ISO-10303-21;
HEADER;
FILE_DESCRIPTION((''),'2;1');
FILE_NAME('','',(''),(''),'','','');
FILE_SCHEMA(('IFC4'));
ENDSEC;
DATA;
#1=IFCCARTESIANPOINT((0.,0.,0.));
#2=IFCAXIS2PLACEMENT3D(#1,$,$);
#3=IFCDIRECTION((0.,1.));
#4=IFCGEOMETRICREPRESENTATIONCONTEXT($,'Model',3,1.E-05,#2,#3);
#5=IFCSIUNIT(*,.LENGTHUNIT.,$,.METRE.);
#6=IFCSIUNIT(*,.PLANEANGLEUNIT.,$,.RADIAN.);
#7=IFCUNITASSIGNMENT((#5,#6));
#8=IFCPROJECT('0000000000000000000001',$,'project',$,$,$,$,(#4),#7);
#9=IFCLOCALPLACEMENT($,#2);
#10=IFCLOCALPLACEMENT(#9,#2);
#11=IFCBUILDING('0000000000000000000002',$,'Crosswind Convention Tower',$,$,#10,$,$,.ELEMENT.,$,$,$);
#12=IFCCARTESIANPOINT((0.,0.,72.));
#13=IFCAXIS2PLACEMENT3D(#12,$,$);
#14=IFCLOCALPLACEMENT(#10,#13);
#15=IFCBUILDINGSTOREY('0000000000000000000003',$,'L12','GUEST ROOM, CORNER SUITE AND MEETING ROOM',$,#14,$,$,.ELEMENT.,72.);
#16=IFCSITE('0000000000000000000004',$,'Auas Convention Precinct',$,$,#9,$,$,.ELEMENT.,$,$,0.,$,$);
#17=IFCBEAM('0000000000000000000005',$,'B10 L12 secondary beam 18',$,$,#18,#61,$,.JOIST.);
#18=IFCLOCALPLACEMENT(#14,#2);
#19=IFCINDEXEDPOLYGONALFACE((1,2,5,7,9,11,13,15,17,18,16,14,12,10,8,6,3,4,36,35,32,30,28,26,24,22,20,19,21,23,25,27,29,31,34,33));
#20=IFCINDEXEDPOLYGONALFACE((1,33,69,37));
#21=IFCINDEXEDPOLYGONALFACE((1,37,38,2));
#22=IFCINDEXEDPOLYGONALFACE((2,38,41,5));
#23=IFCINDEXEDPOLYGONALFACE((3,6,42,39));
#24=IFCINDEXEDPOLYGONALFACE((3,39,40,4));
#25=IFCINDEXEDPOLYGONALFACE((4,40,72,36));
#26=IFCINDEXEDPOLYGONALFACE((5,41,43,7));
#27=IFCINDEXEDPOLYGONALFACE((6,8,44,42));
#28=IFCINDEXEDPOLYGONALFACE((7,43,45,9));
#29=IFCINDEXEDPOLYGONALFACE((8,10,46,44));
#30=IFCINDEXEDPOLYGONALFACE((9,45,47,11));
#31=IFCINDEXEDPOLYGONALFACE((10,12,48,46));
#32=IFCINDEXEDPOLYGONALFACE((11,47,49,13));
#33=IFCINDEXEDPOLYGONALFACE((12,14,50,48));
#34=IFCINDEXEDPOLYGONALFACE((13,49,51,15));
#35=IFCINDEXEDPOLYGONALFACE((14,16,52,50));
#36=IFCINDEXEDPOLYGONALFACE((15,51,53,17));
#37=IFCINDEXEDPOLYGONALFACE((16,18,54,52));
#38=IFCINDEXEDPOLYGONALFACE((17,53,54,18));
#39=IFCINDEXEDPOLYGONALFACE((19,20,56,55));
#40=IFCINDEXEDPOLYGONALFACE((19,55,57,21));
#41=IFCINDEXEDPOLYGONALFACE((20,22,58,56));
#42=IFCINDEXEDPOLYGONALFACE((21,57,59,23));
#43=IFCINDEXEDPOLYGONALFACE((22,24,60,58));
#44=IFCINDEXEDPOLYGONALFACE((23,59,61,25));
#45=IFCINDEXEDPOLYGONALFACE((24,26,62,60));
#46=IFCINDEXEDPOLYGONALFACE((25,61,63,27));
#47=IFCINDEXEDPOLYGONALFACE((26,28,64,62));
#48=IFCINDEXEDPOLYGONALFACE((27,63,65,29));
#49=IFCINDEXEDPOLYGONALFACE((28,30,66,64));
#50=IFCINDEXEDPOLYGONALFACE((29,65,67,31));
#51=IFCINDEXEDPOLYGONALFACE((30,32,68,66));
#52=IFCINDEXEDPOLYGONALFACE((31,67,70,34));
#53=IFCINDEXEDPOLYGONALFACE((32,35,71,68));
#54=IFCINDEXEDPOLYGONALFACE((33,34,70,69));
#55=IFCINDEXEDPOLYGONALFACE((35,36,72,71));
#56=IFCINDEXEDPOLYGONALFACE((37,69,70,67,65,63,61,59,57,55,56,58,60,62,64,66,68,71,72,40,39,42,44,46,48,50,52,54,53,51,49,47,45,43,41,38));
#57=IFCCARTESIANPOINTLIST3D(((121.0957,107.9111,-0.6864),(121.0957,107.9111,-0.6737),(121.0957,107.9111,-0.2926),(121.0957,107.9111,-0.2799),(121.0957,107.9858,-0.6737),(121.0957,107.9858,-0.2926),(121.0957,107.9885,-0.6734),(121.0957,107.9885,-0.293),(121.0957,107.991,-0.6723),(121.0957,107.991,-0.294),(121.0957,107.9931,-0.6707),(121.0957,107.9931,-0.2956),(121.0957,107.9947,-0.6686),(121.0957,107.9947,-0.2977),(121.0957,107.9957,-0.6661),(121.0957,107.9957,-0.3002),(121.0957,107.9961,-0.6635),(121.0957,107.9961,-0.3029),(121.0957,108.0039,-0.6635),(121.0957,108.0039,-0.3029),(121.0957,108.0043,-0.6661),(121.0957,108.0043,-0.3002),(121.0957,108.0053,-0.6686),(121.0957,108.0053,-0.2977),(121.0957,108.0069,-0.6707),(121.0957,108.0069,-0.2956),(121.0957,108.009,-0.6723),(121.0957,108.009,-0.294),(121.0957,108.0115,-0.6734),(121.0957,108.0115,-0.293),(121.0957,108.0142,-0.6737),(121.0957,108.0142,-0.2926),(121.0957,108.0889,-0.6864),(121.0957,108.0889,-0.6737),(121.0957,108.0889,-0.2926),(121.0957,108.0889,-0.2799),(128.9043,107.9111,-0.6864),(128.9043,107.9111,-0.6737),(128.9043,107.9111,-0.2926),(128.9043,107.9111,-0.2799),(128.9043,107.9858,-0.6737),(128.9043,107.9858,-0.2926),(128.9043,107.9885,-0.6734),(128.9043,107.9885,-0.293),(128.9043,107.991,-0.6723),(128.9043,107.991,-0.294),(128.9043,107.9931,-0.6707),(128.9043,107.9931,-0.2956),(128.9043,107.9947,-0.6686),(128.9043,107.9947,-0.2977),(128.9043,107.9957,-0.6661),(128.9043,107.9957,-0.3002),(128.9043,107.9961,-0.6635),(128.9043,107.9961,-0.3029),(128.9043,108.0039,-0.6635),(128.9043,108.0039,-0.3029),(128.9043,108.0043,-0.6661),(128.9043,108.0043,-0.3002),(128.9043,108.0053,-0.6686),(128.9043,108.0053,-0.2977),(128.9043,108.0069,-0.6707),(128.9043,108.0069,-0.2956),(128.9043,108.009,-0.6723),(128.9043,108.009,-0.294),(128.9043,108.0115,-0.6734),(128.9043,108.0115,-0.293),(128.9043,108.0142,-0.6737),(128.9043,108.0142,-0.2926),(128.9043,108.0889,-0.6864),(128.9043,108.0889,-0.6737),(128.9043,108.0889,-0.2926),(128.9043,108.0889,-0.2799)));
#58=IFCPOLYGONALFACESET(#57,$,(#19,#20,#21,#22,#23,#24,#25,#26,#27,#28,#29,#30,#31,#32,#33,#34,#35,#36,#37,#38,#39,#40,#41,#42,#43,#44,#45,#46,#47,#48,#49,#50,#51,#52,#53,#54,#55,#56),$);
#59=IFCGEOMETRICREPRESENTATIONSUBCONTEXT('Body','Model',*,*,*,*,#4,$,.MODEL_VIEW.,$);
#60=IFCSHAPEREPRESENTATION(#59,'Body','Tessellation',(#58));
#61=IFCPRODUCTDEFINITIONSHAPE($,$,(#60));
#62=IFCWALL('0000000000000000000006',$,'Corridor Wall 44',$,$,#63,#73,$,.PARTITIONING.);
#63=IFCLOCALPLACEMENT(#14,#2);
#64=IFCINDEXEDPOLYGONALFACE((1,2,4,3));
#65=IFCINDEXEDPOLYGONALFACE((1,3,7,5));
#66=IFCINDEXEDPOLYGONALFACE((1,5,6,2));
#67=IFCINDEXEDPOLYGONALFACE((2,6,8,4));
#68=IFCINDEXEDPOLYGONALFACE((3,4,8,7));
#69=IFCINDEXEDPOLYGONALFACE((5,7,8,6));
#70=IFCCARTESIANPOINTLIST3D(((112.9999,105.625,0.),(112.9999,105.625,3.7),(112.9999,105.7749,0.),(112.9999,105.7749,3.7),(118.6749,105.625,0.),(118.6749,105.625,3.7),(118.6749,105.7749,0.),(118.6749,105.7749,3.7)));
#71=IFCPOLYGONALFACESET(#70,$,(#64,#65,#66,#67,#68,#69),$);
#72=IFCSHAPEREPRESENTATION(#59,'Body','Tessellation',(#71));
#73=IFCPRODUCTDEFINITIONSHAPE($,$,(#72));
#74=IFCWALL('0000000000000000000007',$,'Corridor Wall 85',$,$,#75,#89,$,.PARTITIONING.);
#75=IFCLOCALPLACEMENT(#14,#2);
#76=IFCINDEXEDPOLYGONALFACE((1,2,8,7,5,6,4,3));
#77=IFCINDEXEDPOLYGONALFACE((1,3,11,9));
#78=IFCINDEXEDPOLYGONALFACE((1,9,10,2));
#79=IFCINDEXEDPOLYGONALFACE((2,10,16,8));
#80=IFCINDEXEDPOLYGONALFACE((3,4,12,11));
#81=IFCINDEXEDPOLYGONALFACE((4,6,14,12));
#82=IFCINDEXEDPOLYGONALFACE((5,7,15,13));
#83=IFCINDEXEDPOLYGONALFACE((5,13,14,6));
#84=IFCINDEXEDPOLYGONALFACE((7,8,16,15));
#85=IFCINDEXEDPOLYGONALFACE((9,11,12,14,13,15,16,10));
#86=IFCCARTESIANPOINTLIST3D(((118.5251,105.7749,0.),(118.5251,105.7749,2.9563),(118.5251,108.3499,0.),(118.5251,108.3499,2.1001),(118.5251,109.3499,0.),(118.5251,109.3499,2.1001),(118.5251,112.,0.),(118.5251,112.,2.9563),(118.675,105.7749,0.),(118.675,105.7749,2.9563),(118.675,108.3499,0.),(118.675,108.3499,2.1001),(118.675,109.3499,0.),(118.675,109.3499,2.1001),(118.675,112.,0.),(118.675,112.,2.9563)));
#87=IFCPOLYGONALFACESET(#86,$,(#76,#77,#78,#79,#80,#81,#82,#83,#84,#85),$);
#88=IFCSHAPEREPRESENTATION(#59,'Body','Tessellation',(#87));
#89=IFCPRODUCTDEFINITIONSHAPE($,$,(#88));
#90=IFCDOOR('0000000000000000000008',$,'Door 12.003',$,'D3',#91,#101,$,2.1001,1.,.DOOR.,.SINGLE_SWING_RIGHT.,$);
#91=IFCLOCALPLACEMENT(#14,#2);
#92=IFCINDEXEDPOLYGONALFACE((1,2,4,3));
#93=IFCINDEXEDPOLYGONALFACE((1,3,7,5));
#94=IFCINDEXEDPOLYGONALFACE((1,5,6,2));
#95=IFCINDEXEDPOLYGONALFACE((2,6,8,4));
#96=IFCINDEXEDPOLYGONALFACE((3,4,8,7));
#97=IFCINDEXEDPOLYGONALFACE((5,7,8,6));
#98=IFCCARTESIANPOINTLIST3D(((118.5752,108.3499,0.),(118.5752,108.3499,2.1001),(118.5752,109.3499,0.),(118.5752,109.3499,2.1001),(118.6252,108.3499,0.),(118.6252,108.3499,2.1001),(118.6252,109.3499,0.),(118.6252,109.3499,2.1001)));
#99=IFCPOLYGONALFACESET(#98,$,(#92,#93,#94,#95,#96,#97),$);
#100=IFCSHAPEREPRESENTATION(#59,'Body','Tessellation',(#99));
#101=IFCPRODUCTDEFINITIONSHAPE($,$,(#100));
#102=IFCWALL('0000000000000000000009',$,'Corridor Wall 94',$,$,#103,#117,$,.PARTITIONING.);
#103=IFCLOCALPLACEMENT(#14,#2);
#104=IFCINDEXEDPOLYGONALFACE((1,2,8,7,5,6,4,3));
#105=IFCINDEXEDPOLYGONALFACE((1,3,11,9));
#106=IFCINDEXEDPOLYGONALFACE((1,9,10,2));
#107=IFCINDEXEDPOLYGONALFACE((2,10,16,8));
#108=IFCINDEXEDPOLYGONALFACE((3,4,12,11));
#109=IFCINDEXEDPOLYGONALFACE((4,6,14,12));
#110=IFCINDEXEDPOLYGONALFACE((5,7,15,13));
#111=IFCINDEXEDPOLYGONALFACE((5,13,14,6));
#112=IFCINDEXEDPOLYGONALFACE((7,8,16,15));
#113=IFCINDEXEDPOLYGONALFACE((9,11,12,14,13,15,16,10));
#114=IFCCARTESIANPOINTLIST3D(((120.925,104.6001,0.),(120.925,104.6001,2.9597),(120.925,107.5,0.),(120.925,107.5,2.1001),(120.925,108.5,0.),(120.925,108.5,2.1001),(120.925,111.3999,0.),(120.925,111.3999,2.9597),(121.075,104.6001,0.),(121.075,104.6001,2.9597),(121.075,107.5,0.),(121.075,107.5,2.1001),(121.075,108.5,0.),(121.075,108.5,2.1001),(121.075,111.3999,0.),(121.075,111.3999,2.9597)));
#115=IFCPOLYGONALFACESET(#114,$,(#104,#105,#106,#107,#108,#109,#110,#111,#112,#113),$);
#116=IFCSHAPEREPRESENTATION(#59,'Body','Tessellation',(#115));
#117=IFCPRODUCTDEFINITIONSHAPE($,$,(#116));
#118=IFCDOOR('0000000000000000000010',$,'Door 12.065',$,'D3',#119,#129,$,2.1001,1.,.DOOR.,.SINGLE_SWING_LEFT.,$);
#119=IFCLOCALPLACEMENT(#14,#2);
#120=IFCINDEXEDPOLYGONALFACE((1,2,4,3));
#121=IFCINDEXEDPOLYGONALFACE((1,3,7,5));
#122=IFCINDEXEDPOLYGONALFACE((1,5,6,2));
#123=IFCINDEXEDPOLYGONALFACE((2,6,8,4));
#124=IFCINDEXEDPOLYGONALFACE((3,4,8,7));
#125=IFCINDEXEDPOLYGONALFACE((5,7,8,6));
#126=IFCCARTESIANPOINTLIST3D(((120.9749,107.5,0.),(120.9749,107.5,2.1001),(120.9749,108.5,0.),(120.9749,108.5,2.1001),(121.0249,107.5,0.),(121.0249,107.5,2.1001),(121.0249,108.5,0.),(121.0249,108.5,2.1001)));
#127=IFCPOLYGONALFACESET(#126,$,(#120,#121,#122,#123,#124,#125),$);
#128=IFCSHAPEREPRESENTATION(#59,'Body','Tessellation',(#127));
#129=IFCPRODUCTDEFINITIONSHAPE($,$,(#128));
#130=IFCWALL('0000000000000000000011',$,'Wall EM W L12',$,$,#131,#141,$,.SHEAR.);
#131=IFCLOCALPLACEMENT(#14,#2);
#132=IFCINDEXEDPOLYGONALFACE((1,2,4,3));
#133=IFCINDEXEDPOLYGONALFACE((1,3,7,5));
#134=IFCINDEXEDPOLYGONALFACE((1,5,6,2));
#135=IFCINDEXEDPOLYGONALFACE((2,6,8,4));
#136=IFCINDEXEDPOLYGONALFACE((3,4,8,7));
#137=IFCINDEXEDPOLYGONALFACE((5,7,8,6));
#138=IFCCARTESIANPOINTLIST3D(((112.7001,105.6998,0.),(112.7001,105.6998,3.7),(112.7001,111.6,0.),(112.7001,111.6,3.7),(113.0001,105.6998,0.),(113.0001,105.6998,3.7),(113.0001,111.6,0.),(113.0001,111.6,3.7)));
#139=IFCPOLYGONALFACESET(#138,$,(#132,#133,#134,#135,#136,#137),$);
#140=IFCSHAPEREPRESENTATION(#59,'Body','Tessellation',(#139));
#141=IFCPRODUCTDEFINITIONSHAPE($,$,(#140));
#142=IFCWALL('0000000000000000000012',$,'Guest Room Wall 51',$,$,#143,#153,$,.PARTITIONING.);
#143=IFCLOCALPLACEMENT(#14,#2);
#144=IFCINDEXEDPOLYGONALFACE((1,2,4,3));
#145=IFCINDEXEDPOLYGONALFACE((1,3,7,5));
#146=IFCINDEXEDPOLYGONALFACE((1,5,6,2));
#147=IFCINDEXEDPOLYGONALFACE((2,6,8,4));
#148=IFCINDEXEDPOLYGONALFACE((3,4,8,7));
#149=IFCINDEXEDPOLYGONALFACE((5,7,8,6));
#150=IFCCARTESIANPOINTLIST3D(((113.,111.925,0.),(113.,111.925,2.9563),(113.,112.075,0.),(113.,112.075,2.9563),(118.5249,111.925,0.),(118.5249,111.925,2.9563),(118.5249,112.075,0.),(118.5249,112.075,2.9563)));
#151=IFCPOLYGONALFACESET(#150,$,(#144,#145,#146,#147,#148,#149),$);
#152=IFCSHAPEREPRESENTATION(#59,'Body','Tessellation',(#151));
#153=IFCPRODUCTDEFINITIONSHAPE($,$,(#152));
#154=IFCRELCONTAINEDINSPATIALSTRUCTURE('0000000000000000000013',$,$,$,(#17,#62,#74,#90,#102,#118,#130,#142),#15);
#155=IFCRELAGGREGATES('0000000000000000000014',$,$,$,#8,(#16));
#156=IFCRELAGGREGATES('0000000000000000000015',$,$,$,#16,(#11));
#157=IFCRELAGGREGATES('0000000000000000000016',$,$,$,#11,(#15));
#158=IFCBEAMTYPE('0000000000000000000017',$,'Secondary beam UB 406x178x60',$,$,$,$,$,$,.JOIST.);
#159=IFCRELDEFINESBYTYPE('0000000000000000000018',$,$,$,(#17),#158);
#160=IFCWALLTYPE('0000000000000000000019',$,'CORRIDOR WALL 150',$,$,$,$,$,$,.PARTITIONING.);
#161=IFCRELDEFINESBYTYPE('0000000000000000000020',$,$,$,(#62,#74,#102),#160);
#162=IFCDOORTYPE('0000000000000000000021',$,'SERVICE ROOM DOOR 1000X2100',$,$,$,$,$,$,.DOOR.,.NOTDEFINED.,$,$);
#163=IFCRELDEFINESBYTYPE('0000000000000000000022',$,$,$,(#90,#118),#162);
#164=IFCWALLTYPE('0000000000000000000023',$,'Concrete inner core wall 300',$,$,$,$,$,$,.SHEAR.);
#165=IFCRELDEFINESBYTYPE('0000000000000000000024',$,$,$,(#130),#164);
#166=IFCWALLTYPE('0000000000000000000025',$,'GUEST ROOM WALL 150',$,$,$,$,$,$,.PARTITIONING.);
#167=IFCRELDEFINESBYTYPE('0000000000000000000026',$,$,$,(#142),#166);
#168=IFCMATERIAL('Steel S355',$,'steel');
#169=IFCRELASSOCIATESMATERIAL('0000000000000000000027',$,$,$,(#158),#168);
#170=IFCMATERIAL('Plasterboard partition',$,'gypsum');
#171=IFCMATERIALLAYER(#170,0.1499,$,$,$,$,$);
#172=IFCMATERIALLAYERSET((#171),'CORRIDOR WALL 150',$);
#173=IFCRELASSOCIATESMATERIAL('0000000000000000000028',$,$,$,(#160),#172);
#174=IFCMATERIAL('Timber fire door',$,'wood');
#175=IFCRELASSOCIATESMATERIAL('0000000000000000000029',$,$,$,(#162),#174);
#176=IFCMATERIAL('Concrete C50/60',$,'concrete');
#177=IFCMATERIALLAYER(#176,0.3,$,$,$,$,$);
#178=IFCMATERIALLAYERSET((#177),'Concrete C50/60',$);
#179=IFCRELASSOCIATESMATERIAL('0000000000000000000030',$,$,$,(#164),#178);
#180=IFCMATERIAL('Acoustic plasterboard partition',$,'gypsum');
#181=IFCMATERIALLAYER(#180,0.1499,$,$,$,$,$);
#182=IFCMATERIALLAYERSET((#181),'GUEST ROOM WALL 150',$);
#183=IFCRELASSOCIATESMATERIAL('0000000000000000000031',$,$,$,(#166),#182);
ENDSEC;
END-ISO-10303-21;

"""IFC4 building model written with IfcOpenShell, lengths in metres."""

from ifc_helpers import new_model, si_unit, direction, frame, frame_2d, origin, origin_2d, place, context, subcontext, project, spatial, rectangle, i_section, extrude, material, layer, layer_set, material_profile, profile_set, type_object, element, fill, save


model = new_model("IFC4")

# Units and contexts
model_context = context("Model", 3, precision=1e-05, world=origin(), true_north=direction((0.0, 1.0)))
body_context = subcontext(model_context, "Body", "Model", "MODEL_VIEW")
ifc_project = project(units=[si_unit("LENGTHUNIT", "METRE"), si_unit("PLANEANGLEUNIT", "RADIAN")], contexts=[model_context])

# Site, building, storey
site_placement = place(None, origin())
site = spatial("IfcSite", under=ifc_project, at=site_placement, Name="Auas Convention Precinct", CompositionType="ELEMENT", RefElevation=0.0)
building_placement = place(site_placement, origin())
building = spatial("IfcBuilding", under=site, at=building_placement, Name="Crosswind Convention Tower", CompositionType="ELEMENT")
storey_placement = place(building_placement, frame((0.0, 0.0, 72.0)))
storey = spatial("IfcBuildingStorey", under=building, at=storey_placement, Name="L12", Description="GUEST ROOM, CORNER SUITE AND MEETING ROOM", CompositionType="ELEMENT", Elevation=72.0)

# Beam
ifc_material_1 = material(Name="Steel S355", Category="steel")
ifc_material_profile_1 = material_profile(ifc_material_1, i_section(OverallWidth=0.1777, OverallDepth=0.4065, WebThickness=0.0078, FlangeThickness=0.0127, FilletRadius=0.0103, at=origin_2d()), Name="UB 406x178x60")
ifc_profile_set_1 = profile_set([ifc_material_profile_1], Name="Steel S355")
beam_type_1 = type_object("IfcBeamType", Name="Secondary beam UB 406x178x60", PredefinedType="JOIST", material=ifc_profile_set_1)
for number, where, z_axis, x_axis, name in (
    (1, (121.0957, 108.0, -0.4832), (1.0, 0.0, 0.0), (0.0, 1.0, 0.0), "B10 L12 secondary beam 18"),
):
    element("IfcBeam", number, at=place(storey_placement, frame(where, z_axis=z_axis, x_axis=x_axis)), inside=storey, type_object=beam_type_1, Name=name, PredefinedType="JOIST", context=body_context, shape_type="SweptSolid", body=[
        extrude(i_section(OverallWidth=0.1777, OverallDepth=0.4065, WebThickness=0.0078, FlangeThickness=0.0127, FilletRadius=0.0103, at=origin_2d()), origin(), (0.0, 0.0, 1.0), 7.8086),
    ])

# Wall
ifc_material_2 = material(Name="Plasterboard partition", Category="gypsum")
ifc_layer_1 = layer(ifc_material_2, 0.1499)
ifc_layer_set_1 = layer_set([ifc_layer_1], Name="CORRIDOR WALL 150")
wall_type_1 = type_object("IfcWallType", Name="CORRIDOR WALL 150", PredefinedType="PARTITIONING", material=ifc_layer_set_1)
wall_1_placement = place(storey_placement, frame((113.0, 105.7, 0.0), z_axis=(0.0, 0.0, 1.0), x_axis=(1.0, 0.0, 0.0)))
element("IfcWall", 2, at=wall_1_placement, inside=storey, type_object=wall_type_1, Name="Corridor Wall 44", PredefinedType="PARTITIONING", context=body_context, shape_type="SweptSolid", body=[
    extrude(rectangle(XDim=5.675, YDim=0.1499, at=frame_2d((2.8374, 0.0))), origin(), (0.0, 0.0, 1.0), 3.7),
])

# Walls, openings, doors
wall_2_placement = place(storey_placement, frame((118.6001, 105.7749, 0.0), z_axis=(0.0, 0.0, 1.0), x_axis=(0.0, 1.0, 0.0)))
wall_2 = element("IfcWall", 3, at=wall_2_placement, inside=storey, type_object=wall_type_1, Name="Corridor Wall 85", PredefinedType="PARTITIONING", context=body_context, shape_type="SweptSolid", body=[
    extrude(rectangle(XDim=6.2251, YDim=0.1499, at=frame_2d((3.1125, 0.0))), origin(), (0.0, 0.0, 1.0), 2.9563),
])
opening_1_placement = place(wall_2_placement, frame((2.575, 0.0, 0.0)))
opening_1 = element("IfcOpeningElement", 4, at=opening_1_placement, cuts=wall_2, PredefinedType="OPENING", context=body_context, shape_type="SweptSolid", body=[
    extrude(rectangle(XDim=1.0, YDim=2.1001, at=frame_2d((0.5, 1.05))), frame((0.0, 0.085, 0.0), z_axis=(0.0, -1.0, 0.0), x_axis=(1.0, 0.0, 0.0)), (0.0, 0.0, 1.0), 0.1699),
])
ifc_material_3 = material(Name="Timber fire door", Category="wood")
door_type_1 = type_object("IfcDoorType", Name="SERVICE ROOM DOOR 1000X2100", OperationType="NOTDEFINED", PredefinedType="DOOR", material=ifc_material_3)
door_1_placement = place(opening_1_placement, origin())
door_1 = element("IfcDoor", 5, at=door_1_placement, inside=storey, type_object=door_type_1, Name="Door 12.003", ObjectType="D3", OperationType="SINGLE_SWING_RIGHT", OverallHeight=2.1001, OverallWidth=1.0, PredefinedType="DOOR", context=body_context, shape_type="SweptSolid", body=[
    extrude(rectangle(XDim=1.0, YDim=2.1001, at=frame_2d((0.5, 1.05))), frame((0.0, 0.0249, 0.0), z_axis=(0.0, -1.0, 0.0), x_axis=(1.0, 0.0, 0.0)), (0.0, 0.0, 1.0), 0.05),
])
fill(opening_1, door_1)
wall_3_placement = place(storey_placement, frame((121.0, 104.6001, 0.0), z_axis=(0.0, 0.0, 1.0), x_axis=(0.0, 1.0, 0.0)))
wall_3 = element("IfcWall", 6, at=wall_3_placement, inside=storey, type_object=wall_type_1, Name="Corridor Wall 94", PredefinedType="PARTITIONING", context=body_context, shape_type="SweptSolid", body=[
    extrude(rectangle(XDim=6.7998, YDim=0.1499, at=frame_2d((3.3999, 0.0))), origin(), (0.0, 0.0, 1.0), 2.9597),
])
opening_2_placement = place(wall_3_placement, frame((2.8999, 0.0, 0.0)))
opening_2 = element("IfcOpeningElement", 7, at=opening_2_placement, cuts=wall_3, PredefinedType="OPENING", context=body_context, shape_type="SweptSolid", body=[
    extrude(rectangle(XDim=1.0, YDim=2.1001, at=frame_2d((0.5, 1.05))), frame((0.0, 0.085, 0.0), z_axis=(0.0, -1.0, 0.0), x_axis=(1.0, 0.0, 0.0)), (0.0, 0.0, 1.0), 0.1699),
])
door_2_placement = place(opening_2_placement, frame((1.0, 0.0, 0.0), z_axis=(0.0, 0.0, 1.0), x_axis=(-1.0, 0.0, 0.0)))
door_2 = element("IfcDoor", 8, at=door_2_placement, inside=storey, type_object=door_type_1, Name="Door 12.065", ObjectType="D3", OperationType="SINGLE_SWING_LEFT", OverallHeight=2.1001, OverallWidth=1.0, PredefinedType="DOOR", context=body_context, shape_type="SweptSolid", body=[
    extrude(rectangle(XDim=1.0, YDim=2.1001, at=frame_2d((0.5, 1.05))), frame((0.0, 0.0249, 0.0), z_axis=(0.0, -1.0, 0.0), x_axis=(1.0, 0.0, 0.0)), (0.0, 0.0, 1.0), 0.05),
])
fill(opening_2, door_2)

# Walls
ifc_material_4 = material(Name="Concrete C50/60", Category="concrete")
ifc_layer_2 = layer(ifc_material_4, 0.3)
ifc_layer_set_2 = layer_set([ifc_layer_2], Name="Concrete C50/60")
wall_type_2 = type_object("IfcWallType", Name="Concrete inner core wall 300", PredefinedType="SHEAR", material=ifc_layer_set_2)
wall_4_placement = place(storey_placement, frame((112.8501, 111.6001, 0.0), z_axis=(0.0, 0.0, 1.0), x_axis=(0.0, -1.0, 0.0)))
element("IfcWall", 9, at=wall_4_placement, inside=storey, type_object=wall_type_2, Name="Wall EM W L12", PredefinedType="SHEAR", context=body_context, shape_type="SweptSolid", body=[
    extrude(rectangle(XDim=5.9001, YDim=0.3, at=frame_2d((2.9502, 0.0))), origin(), (0.0, 0.0, 1.0), 3.7),
])
ifc_material_5 = material(Name="Acoustic plasterboard partition", Category="gypsum")
ifc_layer_3 = layer(ifc_material_5, 0.1499)
ifc_layer_set_3 = layer_set([ifc_layer_3], Name="GUEST ROOM WALL 150")
wall_type_3 = type_object("IfcWallType", Name="GUEST ROOM WALL 150", PredefinedType="PARTITIONING", material=ifc_layer_set_3)
wall_5_placement = place(storey_placement, frame((113.0, 112.0, 0.0), z_axis=(0.0, 0.0, 1.0), x_axis=(1.0, 0.0, 0.0)))
element("IfcWall", 10, at=wall_5_placement, inside=storey, type_object=wall_type_3, Name="Guest Room Wall 51", PredefinedType="PARTITIONING", context=body_context, shape_type="SweptSolid", body=[
    extrude(rectangle(XDim=5.5249, YDim=0.1499, at=frame_2d((2.7625, 0.0))), origin(), (0.0, 0.0, 1.0), 2.9563),
])

save(model, "model.ifc")
